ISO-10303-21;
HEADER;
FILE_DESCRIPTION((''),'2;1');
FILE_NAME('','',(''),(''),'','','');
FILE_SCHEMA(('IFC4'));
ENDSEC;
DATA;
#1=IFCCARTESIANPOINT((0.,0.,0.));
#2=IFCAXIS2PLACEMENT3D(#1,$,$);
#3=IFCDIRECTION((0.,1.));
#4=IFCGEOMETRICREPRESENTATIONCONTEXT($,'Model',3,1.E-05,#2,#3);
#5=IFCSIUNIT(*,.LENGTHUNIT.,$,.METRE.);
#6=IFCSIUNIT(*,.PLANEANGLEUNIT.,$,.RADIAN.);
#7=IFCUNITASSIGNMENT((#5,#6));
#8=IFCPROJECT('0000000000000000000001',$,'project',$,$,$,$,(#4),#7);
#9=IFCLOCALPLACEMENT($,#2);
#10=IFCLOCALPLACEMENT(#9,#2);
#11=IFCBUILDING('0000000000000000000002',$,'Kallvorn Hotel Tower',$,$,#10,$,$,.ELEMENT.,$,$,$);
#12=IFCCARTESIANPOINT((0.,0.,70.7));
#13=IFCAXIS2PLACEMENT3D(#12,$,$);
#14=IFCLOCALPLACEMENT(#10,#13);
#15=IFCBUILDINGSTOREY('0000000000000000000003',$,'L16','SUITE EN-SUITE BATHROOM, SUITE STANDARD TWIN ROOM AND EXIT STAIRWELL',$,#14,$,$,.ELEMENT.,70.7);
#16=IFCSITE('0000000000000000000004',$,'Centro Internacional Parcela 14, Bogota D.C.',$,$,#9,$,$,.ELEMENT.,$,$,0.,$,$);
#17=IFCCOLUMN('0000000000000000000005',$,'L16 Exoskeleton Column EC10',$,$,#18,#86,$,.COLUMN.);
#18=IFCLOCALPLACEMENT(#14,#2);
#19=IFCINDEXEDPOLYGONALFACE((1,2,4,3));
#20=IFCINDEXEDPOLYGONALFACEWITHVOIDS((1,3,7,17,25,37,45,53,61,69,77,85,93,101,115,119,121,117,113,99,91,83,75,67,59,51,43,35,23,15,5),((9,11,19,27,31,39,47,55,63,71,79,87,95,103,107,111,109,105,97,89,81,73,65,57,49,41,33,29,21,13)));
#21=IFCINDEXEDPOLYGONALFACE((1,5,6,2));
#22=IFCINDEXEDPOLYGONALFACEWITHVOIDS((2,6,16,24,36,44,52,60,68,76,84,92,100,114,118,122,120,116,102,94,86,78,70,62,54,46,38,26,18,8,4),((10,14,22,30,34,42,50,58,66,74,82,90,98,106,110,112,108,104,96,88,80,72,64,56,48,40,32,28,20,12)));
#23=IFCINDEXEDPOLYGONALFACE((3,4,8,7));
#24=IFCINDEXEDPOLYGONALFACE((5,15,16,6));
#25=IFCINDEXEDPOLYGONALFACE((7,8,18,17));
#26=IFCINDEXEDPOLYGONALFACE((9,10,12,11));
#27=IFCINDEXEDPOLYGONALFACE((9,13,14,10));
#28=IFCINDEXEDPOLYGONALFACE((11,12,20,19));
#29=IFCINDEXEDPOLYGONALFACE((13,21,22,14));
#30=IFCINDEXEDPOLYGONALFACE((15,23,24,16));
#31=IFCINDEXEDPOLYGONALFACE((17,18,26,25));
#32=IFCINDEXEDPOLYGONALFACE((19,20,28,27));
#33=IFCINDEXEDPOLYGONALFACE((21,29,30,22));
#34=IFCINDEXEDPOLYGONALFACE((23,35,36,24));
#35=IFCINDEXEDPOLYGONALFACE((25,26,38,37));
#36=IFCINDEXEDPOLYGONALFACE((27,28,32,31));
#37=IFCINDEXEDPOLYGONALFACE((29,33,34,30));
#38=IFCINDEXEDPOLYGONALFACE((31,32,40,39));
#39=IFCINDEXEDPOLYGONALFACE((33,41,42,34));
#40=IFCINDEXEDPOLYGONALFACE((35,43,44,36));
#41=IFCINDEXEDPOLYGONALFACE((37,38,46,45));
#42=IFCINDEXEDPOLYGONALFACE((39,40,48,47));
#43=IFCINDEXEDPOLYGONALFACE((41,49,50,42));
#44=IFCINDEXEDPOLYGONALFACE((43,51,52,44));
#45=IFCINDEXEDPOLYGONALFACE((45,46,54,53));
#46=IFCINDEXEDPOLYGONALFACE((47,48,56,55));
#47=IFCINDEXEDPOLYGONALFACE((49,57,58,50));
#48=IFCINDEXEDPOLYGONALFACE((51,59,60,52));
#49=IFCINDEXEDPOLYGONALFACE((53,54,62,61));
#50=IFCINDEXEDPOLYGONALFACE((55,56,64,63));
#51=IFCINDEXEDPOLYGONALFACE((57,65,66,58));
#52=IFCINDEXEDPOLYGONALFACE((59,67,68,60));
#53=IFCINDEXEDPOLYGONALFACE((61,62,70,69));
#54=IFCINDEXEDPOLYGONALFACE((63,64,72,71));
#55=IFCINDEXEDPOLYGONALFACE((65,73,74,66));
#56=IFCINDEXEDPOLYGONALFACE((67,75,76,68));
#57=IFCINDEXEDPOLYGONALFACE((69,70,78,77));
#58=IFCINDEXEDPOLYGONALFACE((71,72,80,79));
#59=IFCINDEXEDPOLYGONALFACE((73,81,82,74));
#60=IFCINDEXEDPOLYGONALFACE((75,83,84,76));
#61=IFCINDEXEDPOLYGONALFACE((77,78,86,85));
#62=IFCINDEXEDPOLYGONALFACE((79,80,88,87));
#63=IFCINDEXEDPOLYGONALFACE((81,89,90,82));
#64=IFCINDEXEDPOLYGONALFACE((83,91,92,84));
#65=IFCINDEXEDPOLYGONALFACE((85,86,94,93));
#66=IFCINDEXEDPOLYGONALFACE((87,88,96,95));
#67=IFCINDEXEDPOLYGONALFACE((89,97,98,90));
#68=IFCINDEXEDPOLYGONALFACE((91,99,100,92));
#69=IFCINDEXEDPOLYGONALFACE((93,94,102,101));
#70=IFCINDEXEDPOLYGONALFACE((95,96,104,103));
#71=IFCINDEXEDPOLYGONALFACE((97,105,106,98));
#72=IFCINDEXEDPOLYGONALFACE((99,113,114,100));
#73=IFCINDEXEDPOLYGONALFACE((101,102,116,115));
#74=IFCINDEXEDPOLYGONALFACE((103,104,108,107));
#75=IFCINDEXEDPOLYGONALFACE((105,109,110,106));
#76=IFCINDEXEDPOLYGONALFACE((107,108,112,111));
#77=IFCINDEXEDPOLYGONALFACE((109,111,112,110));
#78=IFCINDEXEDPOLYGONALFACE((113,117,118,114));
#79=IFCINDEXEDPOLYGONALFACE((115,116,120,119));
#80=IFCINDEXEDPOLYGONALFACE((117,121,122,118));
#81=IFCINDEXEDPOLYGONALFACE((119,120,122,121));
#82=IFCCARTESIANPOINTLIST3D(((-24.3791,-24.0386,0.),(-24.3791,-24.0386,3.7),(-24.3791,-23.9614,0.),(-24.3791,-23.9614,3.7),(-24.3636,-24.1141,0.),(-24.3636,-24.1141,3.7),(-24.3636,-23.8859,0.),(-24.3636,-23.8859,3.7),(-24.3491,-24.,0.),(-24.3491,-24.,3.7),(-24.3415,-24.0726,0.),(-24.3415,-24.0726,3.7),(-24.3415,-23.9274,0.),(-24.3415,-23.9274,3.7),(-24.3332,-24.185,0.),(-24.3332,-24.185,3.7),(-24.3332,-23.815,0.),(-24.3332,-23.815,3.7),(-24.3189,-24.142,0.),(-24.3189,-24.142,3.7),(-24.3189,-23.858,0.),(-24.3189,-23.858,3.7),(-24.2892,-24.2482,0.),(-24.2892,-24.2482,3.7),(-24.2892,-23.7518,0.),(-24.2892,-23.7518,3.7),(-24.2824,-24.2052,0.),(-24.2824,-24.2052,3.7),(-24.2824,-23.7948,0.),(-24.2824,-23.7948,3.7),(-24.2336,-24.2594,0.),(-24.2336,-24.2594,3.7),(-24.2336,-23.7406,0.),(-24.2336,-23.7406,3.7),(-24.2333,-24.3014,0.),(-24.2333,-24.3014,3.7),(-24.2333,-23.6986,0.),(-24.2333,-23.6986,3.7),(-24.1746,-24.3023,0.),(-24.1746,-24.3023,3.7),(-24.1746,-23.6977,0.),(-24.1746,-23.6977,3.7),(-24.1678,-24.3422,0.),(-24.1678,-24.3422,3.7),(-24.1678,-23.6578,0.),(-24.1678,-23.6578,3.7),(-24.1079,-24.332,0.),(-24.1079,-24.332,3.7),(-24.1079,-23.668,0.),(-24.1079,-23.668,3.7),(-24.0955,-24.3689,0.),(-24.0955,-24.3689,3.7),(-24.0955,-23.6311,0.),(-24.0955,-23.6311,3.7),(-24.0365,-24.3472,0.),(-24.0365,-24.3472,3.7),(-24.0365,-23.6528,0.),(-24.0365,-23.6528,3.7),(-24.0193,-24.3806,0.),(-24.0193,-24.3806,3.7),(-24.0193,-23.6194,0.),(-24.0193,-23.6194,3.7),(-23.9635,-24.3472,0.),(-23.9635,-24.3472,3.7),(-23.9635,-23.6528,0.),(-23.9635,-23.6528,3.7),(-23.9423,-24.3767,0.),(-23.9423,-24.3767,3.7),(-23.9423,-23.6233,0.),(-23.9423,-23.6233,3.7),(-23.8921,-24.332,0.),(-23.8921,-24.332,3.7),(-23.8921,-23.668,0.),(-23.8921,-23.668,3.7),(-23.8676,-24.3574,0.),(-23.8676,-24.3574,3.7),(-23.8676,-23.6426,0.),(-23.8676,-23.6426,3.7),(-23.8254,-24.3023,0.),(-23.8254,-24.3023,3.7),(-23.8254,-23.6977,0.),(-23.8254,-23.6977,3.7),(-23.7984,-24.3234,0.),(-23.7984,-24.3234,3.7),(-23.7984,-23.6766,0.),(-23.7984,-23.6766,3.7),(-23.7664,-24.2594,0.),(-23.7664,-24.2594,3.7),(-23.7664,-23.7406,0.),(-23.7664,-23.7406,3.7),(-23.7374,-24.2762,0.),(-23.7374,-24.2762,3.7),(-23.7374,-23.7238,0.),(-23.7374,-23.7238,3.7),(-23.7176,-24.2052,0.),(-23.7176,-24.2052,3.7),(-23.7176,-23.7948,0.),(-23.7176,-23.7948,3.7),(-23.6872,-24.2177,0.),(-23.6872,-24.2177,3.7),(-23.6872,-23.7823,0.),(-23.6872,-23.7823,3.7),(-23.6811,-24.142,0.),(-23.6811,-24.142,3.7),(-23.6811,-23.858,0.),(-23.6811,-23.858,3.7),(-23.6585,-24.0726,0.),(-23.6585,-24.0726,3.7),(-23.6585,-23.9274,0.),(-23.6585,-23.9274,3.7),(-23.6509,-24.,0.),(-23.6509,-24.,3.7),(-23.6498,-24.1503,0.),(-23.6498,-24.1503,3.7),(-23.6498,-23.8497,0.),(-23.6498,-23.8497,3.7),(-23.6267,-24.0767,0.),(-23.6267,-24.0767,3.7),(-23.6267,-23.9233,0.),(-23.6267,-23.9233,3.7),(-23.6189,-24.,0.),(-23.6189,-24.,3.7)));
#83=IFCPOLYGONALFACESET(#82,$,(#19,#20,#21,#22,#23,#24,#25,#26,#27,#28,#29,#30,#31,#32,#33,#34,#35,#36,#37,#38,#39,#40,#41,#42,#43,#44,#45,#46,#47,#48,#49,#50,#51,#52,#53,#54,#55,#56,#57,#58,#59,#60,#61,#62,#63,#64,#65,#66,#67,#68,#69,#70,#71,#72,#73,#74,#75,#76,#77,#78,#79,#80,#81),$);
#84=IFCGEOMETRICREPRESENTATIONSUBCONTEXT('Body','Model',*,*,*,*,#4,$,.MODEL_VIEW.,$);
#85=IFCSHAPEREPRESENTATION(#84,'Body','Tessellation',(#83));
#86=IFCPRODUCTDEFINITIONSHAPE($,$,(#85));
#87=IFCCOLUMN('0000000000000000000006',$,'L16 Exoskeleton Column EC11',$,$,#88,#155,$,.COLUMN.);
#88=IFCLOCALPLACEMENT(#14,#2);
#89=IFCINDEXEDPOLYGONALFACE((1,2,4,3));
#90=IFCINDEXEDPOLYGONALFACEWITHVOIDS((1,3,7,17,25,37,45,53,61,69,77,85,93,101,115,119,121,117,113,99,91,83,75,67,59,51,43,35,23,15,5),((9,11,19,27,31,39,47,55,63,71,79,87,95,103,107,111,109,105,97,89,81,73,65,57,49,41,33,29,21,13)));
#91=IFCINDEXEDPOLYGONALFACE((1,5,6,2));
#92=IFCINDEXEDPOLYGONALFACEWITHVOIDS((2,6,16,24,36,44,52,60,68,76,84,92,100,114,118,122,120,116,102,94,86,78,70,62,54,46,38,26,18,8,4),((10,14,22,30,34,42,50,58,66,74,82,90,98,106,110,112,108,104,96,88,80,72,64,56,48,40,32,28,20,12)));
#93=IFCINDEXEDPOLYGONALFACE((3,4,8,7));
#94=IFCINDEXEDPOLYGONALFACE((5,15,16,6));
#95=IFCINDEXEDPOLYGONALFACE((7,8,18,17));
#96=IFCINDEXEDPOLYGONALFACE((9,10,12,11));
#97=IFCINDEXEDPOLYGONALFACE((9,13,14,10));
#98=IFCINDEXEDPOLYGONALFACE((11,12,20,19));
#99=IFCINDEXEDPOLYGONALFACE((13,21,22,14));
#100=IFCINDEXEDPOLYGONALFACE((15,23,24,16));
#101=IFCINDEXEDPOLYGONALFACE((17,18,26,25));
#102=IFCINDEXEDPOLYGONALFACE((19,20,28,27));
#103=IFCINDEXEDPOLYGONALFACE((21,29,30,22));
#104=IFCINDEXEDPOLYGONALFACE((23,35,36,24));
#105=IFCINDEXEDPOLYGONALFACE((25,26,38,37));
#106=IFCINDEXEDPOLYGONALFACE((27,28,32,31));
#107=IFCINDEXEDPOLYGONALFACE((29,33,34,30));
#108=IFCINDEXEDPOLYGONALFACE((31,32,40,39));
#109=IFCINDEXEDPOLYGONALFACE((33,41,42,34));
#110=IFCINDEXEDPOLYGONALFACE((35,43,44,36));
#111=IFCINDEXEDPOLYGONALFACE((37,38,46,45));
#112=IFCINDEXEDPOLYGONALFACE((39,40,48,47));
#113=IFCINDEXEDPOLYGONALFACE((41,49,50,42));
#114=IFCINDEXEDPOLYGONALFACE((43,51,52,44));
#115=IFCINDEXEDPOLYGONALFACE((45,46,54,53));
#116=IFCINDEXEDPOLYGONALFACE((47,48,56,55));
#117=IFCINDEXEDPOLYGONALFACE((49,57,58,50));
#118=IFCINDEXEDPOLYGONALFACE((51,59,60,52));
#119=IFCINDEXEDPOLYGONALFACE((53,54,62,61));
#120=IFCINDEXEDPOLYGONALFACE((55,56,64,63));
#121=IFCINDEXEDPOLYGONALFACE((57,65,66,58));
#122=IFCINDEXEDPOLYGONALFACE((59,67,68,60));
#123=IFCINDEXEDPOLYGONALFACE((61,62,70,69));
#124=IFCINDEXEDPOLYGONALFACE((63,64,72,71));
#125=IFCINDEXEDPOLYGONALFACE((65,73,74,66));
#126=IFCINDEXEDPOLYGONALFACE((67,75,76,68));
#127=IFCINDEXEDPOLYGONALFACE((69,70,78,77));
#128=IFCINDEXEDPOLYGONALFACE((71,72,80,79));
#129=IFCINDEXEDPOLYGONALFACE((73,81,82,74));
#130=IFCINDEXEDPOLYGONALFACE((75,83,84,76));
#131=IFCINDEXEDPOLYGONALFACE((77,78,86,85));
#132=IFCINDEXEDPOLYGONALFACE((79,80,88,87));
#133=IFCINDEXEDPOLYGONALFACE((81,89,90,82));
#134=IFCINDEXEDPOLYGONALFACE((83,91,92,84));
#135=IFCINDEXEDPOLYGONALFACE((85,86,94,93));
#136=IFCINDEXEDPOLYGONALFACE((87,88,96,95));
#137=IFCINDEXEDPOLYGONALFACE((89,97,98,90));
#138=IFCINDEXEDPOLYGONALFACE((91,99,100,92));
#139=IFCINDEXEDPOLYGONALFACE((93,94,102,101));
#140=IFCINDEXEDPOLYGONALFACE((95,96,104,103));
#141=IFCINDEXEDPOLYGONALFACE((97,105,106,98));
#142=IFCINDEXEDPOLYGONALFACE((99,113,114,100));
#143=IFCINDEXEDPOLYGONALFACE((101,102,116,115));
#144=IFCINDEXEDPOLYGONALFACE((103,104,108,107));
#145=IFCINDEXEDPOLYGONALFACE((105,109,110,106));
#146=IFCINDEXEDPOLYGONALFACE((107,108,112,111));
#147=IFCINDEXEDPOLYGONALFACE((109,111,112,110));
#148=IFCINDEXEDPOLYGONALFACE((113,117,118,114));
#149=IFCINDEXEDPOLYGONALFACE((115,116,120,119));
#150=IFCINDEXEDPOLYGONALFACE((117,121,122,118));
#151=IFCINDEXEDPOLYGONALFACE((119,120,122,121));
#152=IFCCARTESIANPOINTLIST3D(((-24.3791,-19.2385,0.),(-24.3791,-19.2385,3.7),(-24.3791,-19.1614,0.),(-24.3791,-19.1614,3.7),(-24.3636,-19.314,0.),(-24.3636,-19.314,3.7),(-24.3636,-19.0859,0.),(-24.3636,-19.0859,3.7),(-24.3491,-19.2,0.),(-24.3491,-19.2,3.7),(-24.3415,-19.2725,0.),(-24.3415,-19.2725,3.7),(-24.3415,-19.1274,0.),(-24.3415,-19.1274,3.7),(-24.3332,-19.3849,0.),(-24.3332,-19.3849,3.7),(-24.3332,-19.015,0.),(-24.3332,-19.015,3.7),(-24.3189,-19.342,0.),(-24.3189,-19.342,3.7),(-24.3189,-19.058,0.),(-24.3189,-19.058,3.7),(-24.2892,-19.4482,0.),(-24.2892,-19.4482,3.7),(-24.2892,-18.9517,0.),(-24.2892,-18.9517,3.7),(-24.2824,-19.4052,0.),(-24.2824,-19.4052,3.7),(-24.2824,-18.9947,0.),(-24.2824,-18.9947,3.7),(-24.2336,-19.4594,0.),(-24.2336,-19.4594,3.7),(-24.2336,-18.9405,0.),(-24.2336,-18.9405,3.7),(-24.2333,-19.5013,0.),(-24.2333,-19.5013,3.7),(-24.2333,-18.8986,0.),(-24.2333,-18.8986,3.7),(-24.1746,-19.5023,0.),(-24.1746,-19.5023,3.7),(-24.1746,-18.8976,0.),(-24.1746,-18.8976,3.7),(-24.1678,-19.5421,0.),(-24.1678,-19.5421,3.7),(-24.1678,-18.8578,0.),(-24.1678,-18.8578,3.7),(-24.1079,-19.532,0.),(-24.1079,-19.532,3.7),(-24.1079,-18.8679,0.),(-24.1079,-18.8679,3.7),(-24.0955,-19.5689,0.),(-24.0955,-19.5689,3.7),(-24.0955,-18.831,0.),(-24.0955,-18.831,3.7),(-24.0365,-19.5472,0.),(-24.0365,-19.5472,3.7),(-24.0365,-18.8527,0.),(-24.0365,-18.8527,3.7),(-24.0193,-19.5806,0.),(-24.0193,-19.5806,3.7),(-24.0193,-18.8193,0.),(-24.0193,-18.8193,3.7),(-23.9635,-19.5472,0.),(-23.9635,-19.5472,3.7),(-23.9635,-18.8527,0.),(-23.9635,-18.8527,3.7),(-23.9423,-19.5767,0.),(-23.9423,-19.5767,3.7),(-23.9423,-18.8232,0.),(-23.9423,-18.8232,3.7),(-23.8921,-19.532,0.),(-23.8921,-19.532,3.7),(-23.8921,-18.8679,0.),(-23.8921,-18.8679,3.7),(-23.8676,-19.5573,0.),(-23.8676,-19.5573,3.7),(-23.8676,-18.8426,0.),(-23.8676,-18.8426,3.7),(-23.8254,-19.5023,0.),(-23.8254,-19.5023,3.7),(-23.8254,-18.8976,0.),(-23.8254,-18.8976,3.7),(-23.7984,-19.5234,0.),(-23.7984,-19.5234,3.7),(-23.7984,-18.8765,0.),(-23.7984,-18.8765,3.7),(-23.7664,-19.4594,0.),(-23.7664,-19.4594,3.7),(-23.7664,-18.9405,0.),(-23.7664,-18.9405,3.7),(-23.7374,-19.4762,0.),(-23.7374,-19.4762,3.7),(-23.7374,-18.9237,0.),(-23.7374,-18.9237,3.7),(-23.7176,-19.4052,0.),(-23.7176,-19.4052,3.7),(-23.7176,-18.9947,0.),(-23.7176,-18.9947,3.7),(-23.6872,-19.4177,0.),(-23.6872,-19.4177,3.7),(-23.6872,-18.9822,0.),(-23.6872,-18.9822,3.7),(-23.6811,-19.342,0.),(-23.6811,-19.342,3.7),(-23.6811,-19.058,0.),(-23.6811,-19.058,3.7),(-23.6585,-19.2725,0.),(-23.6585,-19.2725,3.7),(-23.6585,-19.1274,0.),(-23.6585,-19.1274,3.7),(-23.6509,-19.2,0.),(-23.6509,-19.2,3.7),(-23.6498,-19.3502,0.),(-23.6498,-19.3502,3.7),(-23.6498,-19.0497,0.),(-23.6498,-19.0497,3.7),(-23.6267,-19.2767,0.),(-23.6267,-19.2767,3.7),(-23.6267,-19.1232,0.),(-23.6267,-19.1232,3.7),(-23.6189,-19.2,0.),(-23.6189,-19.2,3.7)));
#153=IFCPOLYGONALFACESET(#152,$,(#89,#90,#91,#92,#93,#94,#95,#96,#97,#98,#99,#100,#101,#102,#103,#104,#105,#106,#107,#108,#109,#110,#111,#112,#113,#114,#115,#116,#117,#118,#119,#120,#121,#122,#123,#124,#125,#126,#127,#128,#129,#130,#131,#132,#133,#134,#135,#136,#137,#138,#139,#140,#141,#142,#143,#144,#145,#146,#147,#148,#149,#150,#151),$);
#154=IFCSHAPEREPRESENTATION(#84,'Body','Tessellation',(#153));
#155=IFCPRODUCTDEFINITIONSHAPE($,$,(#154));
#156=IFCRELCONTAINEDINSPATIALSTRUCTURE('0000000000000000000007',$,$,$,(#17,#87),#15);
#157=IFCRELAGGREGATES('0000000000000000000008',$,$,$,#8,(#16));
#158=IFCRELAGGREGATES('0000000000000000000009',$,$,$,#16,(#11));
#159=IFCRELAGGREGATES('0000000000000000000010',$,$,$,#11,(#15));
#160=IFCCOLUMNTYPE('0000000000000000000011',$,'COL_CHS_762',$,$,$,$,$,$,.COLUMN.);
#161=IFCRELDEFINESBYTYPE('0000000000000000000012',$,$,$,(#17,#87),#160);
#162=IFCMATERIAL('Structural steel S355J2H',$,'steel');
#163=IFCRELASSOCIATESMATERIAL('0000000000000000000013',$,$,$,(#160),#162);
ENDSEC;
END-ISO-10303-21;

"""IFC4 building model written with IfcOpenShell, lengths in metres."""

from ifc_helpers import new_model, si_unit, direction, frame, origin, origin_2d, place, context, subcontext, project, spatial, hollow_circle, extrude, material, material_profile, profile_set, type_object, element, save


model = new_model("IFC4")

# Units and contexts
model_context = context("Model", 3, precision=1e-05, world=origin(), true_north=direction((0.0, 1.0)))
body_context = subcontext(model_context, "Body", "Model", "MODEL_VIEW")
ifc_project = project(units=[si_unit("LENGTHUNIT", "METRE"), si_unit("PLANEANGLEUNIT", "RADIAN")], contexts=[model_context])

# Site, building, storey
site_placement = place(None, origin())
site = spatial("IfcSite", under=ifc_project, at=site_placement, Name="Centro Internacional Parcela 14, Bogota D.C.", CompositionType="ELEMENT", RefElevation=0.0)
building_placement = place(site_placement, origin())
building = spatial("IfcBuilding", under=site, at=building_placement, Name="Kallvorn Hotel Tower", CompositionType="ELEMENT")
storey_placement = place(building_placement, frame((0.0, 0.0, 70.7)))
storey = spatial("IfcBuildingStorey", under=building, at=storey_placement, Name="L16", Description="SUITE EN-SUITE BATHROOM, SUITE STANDARD TWIN ROOM AND EXIT STAIRWELL", CompositionType="ELEMENT", Elevation=70.7)

# Columns
ifc_material_1 = material(Name="Structural steel S355J2H", Category="steel")
ifc_material_profile_1 = material_profile(ifc_material_1, hollow_circle(Radius=0.3811, WallThickness=0.032, at=origin_2d()), Name="CHS 762x32")
ifc_profile_set_1 = profile_set([ifc_material_profile_1], Name="Structural steel S355J2H")
column_type = type_object("IfcColumnType", Name="COL_CHS_762", PredefinedType="COLUMN", material=ifc_profile_set_1)
for number, where, z_axis, x_axis, name in (
    (1, (-24.0, -24.0, 0.0), (0.0, 0.0, 1.0), (1.0, 0.0, 0.0), "L16 Exoskeleton Column EC10"),
    (2, (-24.0, -19.2, 0.0), (0.0, 0.0, 1.0), (1.0, 0.0, 0.0), "L16 Exoskeleton Column EC11"),
):
    element("IfcColumn", number, at=place(storey_placement, frame(where, z_axis=z_axis, x_axis=x_axis)), inside=storey, type_object=column_type, Name=name, PredefinedType="COLUMN", context=body_context, shape_type="SweptSolid", body=[
        extrude(hollow_circle(Radius=0.3811, WallThickness=0.032, at=origin_2d()), origin(), (0.0, 0.0, 1.0), 3.7),
    ])

save(model, "model.ifc")
